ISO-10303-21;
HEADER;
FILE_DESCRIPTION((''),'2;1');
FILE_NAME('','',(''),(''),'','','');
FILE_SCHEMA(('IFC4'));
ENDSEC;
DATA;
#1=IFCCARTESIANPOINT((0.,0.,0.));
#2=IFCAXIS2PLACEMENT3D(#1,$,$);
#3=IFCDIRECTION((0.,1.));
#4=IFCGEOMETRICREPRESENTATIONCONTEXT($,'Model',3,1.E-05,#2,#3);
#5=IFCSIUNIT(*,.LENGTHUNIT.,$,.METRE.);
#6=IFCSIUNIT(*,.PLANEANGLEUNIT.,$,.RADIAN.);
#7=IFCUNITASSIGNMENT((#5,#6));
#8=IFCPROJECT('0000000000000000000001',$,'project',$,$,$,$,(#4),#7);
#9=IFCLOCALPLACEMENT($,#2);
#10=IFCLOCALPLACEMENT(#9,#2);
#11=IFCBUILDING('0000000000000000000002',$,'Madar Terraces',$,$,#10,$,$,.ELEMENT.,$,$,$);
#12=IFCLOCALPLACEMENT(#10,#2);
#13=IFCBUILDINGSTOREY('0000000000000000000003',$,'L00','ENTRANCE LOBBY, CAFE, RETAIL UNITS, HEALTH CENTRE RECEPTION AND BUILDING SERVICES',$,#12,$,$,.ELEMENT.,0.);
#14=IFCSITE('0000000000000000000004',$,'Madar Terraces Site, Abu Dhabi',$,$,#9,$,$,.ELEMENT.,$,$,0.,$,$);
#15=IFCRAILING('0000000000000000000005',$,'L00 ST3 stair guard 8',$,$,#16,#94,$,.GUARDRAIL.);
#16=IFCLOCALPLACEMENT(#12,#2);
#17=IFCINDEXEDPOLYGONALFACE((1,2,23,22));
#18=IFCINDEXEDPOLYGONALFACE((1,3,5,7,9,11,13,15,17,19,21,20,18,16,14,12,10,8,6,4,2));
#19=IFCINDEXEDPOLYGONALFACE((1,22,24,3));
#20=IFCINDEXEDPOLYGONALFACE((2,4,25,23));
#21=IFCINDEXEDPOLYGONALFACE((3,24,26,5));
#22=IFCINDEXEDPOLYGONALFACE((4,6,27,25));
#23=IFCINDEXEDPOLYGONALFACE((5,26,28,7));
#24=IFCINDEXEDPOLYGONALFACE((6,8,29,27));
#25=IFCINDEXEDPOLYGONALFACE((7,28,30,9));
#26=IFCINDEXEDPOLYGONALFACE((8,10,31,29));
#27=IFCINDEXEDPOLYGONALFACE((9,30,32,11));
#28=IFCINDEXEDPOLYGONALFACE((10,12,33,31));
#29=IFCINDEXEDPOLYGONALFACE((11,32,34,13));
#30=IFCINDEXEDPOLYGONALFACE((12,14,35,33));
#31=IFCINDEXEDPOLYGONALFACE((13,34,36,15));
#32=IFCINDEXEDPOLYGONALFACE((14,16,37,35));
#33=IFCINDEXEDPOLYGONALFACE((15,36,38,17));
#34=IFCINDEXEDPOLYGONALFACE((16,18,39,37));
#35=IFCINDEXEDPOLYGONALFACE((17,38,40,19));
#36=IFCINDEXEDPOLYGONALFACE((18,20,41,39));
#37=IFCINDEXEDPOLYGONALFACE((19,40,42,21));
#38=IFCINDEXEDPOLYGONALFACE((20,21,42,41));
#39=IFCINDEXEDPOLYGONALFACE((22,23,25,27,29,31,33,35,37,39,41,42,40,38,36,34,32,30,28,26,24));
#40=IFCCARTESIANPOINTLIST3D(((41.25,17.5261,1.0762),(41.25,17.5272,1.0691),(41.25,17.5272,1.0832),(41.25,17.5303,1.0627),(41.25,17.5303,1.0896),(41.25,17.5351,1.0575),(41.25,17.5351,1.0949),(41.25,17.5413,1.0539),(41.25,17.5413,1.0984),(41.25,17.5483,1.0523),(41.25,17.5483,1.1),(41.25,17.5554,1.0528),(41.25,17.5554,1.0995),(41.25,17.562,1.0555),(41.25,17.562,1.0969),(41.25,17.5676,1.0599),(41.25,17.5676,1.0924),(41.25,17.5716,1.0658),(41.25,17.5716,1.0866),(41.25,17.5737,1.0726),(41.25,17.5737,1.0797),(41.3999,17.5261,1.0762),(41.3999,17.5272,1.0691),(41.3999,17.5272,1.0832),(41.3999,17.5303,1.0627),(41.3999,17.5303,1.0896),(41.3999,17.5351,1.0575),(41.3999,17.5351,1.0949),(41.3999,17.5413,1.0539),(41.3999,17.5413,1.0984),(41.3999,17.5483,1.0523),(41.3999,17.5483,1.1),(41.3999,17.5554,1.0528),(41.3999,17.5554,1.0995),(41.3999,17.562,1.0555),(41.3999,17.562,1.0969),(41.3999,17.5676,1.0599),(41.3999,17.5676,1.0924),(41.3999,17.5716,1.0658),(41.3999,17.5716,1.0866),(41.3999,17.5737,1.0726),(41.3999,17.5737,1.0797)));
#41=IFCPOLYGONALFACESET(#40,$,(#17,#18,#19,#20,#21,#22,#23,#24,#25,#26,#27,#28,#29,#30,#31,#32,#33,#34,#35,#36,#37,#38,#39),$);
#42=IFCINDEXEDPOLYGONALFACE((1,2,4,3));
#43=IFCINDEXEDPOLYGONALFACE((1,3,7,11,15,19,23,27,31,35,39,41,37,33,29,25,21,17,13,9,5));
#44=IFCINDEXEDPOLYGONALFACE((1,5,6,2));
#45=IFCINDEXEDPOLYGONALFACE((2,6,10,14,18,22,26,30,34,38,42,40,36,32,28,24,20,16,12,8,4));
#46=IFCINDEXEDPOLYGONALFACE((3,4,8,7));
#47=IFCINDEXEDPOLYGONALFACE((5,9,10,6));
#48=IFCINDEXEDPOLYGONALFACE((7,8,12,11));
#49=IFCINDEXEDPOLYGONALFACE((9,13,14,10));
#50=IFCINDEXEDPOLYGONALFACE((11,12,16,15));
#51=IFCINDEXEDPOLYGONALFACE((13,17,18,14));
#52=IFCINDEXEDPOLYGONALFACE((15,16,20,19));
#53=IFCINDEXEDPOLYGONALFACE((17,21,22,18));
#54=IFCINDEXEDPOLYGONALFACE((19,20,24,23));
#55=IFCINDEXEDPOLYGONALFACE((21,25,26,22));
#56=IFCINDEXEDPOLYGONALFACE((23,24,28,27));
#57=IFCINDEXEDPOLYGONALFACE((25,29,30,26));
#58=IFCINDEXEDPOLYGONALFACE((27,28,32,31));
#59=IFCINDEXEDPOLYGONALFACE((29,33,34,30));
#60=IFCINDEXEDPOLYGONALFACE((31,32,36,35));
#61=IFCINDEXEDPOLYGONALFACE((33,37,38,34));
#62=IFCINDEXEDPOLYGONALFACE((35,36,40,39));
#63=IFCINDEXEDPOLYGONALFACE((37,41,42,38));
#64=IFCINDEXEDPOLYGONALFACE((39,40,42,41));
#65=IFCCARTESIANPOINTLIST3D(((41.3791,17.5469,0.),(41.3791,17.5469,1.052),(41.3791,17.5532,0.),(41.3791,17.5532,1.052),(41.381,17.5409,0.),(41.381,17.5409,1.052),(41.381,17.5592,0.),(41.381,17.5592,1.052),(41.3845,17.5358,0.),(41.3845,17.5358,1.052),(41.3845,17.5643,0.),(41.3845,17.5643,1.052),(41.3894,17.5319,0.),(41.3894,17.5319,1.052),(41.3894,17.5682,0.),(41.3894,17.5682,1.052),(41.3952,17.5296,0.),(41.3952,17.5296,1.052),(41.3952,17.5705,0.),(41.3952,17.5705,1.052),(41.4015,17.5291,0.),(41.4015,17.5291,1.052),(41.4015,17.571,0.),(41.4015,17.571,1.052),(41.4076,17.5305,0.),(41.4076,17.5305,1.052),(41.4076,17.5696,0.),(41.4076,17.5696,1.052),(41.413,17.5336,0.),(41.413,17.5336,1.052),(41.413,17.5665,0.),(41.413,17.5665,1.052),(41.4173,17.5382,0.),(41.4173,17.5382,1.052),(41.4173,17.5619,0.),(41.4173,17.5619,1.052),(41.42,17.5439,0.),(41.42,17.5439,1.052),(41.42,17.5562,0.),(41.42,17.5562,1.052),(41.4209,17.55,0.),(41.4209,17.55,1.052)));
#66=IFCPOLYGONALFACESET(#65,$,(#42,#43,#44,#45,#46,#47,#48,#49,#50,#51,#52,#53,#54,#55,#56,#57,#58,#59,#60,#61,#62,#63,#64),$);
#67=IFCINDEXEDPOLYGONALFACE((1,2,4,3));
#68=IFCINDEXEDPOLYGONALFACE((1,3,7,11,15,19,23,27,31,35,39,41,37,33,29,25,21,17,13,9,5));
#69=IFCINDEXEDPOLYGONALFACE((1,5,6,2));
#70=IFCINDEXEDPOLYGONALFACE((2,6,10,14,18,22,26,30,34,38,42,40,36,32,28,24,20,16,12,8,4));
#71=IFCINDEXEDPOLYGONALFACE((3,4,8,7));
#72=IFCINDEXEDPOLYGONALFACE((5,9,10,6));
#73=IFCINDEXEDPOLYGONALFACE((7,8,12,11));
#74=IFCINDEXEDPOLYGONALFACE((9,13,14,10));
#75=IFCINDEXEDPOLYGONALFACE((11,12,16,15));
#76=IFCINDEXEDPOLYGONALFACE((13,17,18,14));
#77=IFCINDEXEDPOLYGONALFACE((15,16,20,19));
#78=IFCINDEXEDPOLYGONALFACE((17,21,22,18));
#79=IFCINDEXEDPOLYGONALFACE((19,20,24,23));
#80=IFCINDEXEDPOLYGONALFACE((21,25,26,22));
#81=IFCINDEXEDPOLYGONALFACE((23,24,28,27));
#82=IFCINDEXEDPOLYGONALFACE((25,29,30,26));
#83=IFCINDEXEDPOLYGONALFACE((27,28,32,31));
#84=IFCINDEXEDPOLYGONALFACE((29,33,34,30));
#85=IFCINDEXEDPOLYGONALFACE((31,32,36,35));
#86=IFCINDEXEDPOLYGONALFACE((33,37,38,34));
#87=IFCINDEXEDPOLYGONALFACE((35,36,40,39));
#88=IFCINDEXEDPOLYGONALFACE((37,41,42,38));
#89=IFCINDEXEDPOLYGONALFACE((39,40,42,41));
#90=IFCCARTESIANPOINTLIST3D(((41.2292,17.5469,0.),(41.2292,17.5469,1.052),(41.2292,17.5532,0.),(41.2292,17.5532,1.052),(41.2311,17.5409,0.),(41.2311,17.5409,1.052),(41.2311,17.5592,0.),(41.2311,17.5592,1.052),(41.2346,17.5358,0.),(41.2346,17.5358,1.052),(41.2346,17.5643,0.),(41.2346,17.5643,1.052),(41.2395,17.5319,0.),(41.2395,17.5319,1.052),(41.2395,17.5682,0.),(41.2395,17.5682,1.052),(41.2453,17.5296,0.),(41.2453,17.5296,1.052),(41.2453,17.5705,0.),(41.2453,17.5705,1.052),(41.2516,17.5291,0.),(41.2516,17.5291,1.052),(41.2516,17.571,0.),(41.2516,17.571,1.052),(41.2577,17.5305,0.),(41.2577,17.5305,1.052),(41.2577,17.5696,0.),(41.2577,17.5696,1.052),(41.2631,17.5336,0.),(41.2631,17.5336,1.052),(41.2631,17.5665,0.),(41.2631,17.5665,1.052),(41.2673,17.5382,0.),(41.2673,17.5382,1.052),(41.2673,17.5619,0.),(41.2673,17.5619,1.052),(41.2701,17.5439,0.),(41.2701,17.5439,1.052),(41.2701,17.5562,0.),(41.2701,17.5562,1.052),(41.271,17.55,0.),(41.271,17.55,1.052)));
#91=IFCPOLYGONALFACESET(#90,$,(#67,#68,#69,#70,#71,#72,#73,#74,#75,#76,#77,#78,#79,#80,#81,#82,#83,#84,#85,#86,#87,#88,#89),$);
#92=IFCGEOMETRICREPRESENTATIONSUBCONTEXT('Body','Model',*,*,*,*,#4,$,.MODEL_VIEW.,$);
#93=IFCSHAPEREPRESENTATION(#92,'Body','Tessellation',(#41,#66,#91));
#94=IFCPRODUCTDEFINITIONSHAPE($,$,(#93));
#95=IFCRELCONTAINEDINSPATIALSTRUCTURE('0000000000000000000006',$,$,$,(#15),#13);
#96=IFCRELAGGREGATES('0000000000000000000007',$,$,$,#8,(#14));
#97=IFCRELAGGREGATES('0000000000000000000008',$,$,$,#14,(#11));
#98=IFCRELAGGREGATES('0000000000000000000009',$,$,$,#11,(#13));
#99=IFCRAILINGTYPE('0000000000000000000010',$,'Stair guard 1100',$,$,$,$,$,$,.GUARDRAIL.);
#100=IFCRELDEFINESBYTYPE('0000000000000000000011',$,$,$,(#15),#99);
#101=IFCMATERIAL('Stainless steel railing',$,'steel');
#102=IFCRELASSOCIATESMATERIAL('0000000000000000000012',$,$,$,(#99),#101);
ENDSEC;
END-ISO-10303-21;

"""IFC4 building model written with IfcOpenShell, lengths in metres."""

from ifc_helpers import new_model, si_unit, direction, frame, origin, origin_2d, place, context, subcontext, project, spatial, circle, extrude, material, type_object, element, save


model = new_model("IFC4")

# Units and contexts
model_context = context("Model", 3, precision=1e-05, world=origin(), true_north=direction((0.0, 1.0)))
body_context = subcontext(model_context, "Body", "Model", "MODEL_VIEW")
ifc_project = project(units=[si_unit("LENGTHUNIT", "METRE"), si_unit("PLANEANGLEUNIT", "RADIAN")], contexts=[model_context])

# Site, building, storey
site_placement = place(None, origin())
site = spatial("IfcSite", under=ifc_project, at=site_placement, Name="Madar Terraces Site, Abu Dhabi", CompositionType="ELEMENT", RefElevation=0.0)
building_placement = place(site_placement, origin())
building = spatial("IfcBuilding", under=site, at=building_placement, Name="Madar Terraces", CompositionType="ELEMENT")
storey_placement = place(building_placement, origin())
storey = spatial("IfcBuildingStorey", under=building, at=storey_placement, Name="L00", Description="ENTRANCE LOBBY, CAFE, RETAIL UNITS, HEALTH CENTRE RECEPTION AND BUILDING SERVICES", CompositionType="ELEMENT", Elevation=0.0)

# Railing
ifc_material_1 = material(Name="Stainless steel railing", Category="steel")
railing_type_1 = type_object("IfcRailingType", Name="Stair guard 1100", PredefinedType="GUARDRAIL", material=ifc_material_1)
railing_1_placement = place(storey_placement, frame((41.3999, 17.55, 0.0)))
element("IfcRailing", 1, at=railing_1_placement, inside=storey, type_object=railing_type_1, Name="L00 ST3 stair guard 8", PredefinedType="GUARDRAIL", context=body_context, shape_type="SweptSolid", body=[
    extrude(circle(Radius=0.0239, at=origin_2d()), frame((0.0, 0.0, 1.0762), z_axis=(-1.0, 0.0, 0.0), x_axis=(0.0, -1.0, 0.0)), (0.0, 0.0, 1.0), 0.1499),
    extrude(circle(Radius=0.021, at=origin_2d()), origin(), (0.0, 0.0, 1.0), 1.052),
    extrude(circle(Radius=0.021, at=origin_2d()), frame((-0.1499, 0.0, 0.0)), (0.0, 0.0, 1.0), 1.052),
])

save(model, "model.ifc")
